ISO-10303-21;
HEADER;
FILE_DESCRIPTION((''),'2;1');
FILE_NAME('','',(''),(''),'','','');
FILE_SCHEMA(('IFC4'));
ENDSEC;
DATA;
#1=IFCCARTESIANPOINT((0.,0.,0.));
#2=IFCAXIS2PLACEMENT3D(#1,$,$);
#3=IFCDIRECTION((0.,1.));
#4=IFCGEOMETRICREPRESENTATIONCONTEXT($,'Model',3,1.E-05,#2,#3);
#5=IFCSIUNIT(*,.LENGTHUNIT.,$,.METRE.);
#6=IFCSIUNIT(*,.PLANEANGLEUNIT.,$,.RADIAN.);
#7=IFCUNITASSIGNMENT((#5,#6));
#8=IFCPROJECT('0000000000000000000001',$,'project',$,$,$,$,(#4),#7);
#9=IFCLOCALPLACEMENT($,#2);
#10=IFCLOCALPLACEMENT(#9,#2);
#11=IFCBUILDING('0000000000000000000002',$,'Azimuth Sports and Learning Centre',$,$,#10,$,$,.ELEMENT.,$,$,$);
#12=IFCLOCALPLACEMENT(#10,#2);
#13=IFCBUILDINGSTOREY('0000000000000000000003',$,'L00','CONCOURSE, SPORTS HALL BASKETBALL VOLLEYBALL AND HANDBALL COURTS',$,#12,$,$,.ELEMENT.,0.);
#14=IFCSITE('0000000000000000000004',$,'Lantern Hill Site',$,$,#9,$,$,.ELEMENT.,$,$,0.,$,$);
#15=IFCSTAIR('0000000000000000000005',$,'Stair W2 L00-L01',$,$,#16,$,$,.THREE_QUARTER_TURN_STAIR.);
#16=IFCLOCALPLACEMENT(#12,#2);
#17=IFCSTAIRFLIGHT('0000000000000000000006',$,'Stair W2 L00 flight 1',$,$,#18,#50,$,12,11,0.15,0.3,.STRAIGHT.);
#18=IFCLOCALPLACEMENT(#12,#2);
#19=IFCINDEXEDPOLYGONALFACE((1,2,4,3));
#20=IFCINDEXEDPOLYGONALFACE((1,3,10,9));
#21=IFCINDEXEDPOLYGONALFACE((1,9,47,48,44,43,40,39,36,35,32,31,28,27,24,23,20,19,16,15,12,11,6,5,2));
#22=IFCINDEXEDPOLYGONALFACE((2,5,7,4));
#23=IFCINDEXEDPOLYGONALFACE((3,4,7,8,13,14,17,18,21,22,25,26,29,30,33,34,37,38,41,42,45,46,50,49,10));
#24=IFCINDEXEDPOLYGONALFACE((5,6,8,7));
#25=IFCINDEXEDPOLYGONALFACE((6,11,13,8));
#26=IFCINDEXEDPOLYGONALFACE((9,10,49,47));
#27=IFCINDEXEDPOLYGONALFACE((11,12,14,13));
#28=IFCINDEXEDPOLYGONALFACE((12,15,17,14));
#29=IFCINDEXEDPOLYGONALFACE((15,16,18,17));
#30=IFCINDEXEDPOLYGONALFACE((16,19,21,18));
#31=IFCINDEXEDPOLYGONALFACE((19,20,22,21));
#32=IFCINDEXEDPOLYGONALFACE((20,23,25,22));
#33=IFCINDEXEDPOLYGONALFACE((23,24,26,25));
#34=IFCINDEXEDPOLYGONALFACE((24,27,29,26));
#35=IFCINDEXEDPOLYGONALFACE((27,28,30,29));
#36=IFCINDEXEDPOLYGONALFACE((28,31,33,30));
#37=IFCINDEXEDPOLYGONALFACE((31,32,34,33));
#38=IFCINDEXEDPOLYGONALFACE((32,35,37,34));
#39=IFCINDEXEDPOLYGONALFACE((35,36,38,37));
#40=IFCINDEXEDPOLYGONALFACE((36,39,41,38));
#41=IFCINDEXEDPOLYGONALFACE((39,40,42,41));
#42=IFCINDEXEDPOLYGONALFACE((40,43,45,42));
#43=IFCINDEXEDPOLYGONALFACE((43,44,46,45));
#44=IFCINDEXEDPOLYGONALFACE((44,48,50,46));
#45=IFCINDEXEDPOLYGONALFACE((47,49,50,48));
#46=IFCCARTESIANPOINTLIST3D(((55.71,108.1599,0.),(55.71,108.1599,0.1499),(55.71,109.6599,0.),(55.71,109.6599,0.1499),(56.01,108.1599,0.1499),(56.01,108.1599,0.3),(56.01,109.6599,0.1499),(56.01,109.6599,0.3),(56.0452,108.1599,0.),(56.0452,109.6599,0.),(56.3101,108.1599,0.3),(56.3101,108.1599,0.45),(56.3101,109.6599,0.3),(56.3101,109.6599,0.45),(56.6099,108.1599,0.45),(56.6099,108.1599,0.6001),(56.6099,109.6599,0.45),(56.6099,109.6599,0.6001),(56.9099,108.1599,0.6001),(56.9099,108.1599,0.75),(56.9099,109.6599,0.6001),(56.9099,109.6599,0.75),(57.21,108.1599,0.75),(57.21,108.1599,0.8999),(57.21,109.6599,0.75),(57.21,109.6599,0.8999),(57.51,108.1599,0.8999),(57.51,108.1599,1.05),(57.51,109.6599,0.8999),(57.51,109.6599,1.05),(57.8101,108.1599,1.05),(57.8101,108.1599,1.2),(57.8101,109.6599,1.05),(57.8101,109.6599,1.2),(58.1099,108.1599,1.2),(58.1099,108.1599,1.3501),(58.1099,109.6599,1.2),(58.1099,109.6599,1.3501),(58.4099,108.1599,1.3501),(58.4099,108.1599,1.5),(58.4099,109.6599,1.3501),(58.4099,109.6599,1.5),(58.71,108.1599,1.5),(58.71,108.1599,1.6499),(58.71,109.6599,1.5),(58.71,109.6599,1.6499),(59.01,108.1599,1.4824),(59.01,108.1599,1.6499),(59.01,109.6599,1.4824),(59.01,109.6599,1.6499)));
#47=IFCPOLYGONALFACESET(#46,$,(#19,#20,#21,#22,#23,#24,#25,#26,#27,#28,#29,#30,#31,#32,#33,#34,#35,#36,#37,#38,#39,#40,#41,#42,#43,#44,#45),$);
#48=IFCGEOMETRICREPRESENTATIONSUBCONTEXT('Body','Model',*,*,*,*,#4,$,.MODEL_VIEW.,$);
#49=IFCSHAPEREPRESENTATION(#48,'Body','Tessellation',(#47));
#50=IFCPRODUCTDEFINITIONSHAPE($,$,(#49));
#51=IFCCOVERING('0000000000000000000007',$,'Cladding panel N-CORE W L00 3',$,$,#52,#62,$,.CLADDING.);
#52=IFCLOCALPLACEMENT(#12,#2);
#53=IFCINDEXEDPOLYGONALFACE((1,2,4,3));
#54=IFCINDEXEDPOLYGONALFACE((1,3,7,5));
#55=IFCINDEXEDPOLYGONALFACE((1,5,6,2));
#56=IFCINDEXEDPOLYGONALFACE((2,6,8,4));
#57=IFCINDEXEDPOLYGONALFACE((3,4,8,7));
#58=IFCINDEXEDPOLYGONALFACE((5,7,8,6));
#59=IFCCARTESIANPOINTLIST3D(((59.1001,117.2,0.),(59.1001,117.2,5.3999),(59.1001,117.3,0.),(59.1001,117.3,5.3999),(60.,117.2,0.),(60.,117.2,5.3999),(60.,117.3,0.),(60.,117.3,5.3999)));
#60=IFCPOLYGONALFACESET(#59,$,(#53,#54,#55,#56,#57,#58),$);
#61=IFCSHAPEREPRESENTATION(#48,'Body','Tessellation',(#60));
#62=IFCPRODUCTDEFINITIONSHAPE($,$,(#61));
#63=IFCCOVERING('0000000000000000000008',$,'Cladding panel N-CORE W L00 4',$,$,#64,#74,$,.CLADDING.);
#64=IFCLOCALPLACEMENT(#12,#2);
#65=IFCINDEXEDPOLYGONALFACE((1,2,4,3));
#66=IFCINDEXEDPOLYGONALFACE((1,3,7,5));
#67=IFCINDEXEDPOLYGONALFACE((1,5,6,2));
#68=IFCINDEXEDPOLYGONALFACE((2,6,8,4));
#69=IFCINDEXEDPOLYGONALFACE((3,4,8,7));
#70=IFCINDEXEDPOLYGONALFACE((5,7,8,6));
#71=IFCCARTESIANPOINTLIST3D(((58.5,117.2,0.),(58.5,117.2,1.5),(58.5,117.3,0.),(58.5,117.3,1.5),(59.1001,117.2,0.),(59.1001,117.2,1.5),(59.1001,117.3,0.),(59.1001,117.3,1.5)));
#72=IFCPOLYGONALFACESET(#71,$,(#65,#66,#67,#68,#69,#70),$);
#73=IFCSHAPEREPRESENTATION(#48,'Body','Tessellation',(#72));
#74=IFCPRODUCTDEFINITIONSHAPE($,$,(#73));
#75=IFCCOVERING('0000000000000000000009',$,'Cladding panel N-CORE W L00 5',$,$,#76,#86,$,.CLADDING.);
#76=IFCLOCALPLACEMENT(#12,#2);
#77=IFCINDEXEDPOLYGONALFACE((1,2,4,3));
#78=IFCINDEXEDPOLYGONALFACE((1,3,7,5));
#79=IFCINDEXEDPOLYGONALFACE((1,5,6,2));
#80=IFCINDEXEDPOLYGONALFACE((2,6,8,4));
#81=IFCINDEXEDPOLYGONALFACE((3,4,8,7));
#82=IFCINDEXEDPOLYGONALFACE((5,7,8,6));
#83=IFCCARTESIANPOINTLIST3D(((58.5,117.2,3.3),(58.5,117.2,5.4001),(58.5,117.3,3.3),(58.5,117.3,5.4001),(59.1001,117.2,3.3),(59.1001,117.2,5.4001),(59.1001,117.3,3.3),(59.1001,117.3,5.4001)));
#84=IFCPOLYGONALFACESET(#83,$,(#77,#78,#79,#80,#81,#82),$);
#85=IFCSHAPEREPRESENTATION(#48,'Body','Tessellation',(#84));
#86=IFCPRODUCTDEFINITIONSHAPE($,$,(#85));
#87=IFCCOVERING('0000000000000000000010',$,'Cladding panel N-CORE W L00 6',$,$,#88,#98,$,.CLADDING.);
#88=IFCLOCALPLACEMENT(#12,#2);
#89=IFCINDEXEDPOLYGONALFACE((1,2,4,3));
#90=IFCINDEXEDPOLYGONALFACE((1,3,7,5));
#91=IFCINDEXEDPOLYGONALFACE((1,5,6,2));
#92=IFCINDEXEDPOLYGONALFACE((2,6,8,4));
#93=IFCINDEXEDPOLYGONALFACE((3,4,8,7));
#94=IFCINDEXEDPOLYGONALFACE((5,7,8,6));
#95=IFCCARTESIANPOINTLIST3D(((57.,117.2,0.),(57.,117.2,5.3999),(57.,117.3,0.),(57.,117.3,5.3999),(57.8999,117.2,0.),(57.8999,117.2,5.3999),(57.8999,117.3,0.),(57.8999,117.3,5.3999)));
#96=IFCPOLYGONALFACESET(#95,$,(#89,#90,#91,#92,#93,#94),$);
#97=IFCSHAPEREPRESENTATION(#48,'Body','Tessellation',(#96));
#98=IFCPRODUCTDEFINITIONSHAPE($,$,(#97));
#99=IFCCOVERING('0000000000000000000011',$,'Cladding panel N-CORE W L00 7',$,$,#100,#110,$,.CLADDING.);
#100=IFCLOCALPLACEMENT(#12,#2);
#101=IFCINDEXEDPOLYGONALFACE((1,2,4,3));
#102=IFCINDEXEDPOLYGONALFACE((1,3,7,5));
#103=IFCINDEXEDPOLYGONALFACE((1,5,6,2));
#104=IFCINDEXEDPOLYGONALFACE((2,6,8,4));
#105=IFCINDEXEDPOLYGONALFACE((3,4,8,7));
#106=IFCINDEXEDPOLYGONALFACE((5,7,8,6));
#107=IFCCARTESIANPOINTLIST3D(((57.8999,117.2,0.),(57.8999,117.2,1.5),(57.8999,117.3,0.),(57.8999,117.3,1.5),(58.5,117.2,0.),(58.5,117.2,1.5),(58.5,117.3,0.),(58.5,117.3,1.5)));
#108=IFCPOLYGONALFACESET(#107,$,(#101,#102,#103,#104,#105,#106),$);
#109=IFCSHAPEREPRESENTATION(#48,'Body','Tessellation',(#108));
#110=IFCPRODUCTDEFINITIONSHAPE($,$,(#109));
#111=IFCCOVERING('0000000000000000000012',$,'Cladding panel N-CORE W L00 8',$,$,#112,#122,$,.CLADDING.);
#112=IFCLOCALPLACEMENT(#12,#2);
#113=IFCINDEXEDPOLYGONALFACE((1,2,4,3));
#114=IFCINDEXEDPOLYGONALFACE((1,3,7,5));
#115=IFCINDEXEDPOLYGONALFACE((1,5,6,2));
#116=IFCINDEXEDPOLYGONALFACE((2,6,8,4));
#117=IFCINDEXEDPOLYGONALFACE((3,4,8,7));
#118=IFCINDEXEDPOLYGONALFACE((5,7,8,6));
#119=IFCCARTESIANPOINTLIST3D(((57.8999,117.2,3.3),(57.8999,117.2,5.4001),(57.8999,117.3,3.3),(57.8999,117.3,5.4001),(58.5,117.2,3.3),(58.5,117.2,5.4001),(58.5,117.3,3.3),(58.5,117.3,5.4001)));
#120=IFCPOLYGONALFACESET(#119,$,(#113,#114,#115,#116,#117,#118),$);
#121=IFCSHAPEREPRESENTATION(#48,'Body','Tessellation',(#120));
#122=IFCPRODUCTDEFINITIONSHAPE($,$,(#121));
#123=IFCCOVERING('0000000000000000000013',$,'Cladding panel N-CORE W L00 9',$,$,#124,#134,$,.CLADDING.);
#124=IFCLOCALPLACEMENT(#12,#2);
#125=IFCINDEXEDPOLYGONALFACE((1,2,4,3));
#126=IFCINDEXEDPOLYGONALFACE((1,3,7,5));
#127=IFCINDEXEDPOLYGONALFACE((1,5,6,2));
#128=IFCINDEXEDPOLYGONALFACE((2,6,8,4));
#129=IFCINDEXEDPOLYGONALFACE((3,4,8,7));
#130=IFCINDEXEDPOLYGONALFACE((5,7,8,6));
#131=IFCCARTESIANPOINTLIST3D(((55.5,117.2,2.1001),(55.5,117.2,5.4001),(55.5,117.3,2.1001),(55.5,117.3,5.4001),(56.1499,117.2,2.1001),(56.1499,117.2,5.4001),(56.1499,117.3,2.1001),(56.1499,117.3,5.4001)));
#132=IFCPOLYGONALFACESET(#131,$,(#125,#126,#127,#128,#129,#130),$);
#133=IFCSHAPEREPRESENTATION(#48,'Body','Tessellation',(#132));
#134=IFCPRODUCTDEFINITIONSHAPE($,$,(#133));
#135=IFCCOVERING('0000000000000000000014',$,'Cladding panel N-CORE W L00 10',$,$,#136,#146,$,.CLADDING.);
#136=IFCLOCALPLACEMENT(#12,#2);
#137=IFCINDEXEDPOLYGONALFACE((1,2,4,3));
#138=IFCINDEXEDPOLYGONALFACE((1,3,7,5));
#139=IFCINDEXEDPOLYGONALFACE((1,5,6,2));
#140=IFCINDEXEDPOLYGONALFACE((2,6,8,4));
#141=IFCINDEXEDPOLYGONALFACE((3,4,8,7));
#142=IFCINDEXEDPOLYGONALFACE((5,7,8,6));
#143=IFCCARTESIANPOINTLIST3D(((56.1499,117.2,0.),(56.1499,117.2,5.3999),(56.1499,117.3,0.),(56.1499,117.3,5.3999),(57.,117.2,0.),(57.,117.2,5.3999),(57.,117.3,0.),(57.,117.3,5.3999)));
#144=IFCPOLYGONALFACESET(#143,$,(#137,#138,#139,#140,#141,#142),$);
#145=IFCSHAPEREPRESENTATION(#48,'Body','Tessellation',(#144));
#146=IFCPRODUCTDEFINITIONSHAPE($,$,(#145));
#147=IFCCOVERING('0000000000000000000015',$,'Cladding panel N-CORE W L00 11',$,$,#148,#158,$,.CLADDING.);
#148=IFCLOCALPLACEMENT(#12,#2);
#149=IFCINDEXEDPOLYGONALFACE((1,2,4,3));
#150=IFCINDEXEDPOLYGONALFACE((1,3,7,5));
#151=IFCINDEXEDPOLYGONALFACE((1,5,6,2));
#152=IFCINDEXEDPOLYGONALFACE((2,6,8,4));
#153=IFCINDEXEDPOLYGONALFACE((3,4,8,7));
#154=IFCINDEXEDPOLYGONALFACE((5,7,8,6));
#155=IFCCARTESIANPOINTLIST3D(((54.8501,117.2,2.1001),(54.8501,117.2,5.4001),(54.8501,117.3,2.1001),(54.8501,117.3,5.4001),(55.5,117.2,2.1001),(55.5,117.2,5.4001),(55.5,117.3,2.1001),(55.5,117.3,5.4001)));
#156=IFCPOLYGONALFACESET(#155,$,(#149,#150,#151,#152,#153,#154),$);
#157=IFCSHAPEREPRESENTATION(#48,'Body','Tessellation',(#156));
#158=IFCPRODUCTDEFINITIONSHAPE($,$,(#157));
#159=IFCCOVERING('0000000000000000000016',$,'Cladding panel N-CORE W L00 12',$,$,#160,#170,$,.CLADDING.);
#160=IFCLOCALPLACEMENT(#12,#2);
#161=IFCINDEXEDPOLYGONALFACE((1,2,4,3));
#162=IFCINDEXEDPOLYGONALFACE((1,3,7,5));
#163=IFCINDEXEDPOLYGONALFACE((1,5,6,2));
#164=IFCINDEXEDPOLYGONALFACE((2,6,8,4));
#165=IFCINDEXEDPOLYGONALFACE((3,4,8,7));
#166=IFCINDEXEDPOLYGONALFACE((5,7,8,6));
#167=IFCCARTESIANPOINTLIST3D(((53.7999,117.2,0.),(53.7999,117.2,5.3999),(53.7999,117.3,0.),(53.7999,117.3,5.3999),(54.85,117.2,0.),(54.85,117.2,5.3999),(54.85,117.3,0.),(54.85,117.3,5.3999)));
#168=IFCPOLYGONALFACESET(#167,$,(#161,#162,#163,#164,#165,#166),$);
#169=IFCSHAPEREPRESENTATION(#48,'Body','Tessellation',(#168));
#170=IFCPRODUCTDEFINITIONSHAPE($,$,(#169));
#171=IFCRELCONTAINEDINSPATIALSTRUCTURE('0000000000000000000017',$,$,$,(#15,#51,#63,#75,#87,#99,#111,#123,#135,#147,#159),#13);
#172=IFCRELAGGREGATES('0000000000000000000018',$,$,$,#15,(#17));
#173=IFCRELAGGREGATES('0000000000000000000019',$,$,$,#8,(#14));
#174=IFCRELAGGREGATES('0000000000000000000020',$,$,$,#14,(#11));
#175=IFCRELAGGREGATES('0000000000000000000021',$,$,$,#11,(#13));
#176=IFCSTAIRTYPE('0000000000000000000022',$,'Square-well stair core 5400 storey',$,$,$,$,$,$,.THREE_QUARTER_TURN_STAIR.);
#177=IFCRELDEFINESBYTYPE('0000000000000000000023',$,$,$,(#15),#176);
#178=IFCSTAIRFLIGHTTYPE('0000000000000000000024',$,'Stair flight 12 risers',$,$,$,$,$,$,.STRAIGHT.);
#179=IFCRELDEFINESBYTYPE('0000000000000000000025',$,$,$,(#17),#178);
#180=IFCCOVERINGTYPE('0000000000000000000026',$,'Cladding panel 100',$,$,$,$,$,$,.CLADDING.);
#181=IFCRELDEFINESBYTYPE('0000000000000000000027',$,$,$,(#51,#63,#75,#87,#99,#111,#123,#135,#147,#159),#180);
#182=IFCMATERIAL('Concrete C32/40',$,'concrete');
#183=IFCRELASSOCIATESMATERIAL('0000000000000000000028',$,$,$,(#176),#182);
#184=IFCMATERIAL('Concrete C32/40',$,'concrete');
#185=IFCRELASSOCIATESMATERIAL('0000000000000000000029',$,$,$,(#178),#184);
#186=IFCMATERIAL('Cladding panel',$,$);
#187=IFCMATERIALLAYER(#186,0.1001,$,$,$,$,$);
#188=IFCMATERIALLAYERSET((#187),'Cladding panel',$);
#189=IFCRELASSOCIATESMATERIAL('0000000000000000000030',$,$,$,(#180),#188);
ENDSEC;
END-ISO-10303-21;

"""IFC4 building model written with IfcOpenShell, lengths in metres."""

from ifc_helpers import new_model, si_unit, direction, frame, origin, origin_2d, place, context, subcontext, project, spatial, polyline, rectangle, outline, extrude, material, layer, layer_set, type_object, element, aggregate, save


model = new_model("IFC4")

# Units and contexts
model_context = context("Model", 3, precision=1e-05, world=origin(), true_north=direction((0.0, 1.0)))
body_context = subcontext(model_context, "Body", "Model", "MODEL_VIEW")
ifc_project = project(units=[si_unit("LENGTHUNIT", "METRE"), si_unit("PLANEANGLEUNIT", "RADIAN")], contexts=[model_context])

# Site, building, storey
site_placement = place(None, origin())
site = spatial("IfcSite", under=ifc_project, at=site_placement, Name="Lantern Hill Site", CompositionType="ELEMENT", RefElevation=0.0)
building_placement = place(site_placement, origin())
building = spatial("IfcBuilding", under=site, at=building_placement, Name="Azimuth Sports and Learning Centre", CompositionType="ELEMENT")
storey_placement = place(building_placement, origin())
storey = spatial("IfcBuildingStorey", under=building, at=storey_placement, Name="L00", Description="CONCOURSE, SPORTS HALL BASKETBALL VOLLEYBALL AND HANDBALL COURTS", CompositionType="ELEMENT", Elevation=0.0)

# Stair, stair flight
ifc_material_1 = material(Name="Concrete C32/40", Category="concrete")
stair_type = type_object("IfcStairType", Name="Square-well stair core 5400 storey", PredefinedType="THREE_QUARTER_TURN_STAIR", material=ifc_material_1)
stair_placement = place(storey_placement, origin())
stair = element("IfcStair", 1, at=stair_placement, inside=storey, type_object=stair_type, Name="Stair W2 L00-L01", PredefinedType="THREE_QUARTER_TURN_STAIR")
ifc_material_2 = material(Name="Concrete C32/40", Category="concrete")
stair_flight_type = type_object("IfcStairFlightType", Name="Stair flight 12 risers", PredefinedType="STRAIGHT", material=ifc_material_2)
stair_flight_placement = place(storey_placement, frame((55.71, 108.9099, 0.0), z_axis=(0.0, 0.0, 1.0), x_axis=(1.0, 0.0, 0.0)))
stair_flight = element("IfcStairFlight", 2, at=stair_flight_placement, type_object=stair_flight_type, Name="Stair W2 L00 flight 1", NumberOfRisers=12, NumberOfTreads=11, PredefinedType="STRAIGHT", RiserHeight=0.15, TreadLength=0.3, context=body_context, shape_type="SweptSolid", body=[
    extrude(outline(polyline([(0.0, 0.0), (0.0, 0.1499), (0.3, 0.1499), (0.3, 0.3), (0.6001, 0.3), (0.6001, 0.45), (0.8999, 0.45), (0.8999, 0.6001), (1.2, 0.6001), (1.2, 0.75), (1.5, 0.75), (1.5, 0.8999), (1.8, 0.8999), (1.8, 1.05), (2.1001, 1.05), (2.1001, 1.2), (2.3999, 1.2), (2.3999, 1.3501), (2.7, 1.3501), (2.7, 1.5), (3.0, 1.5), (3.0, 1.6499), (3.3, 1.6499), (3.3, 1.8), (3.3, 1.4824), (0.3352, 0.0), (0.0, 0.0)])), frame((0.0, 0.75, 0.0), z_axis=(0.0, -1.0, 0.0), x_axis=(1.0, 0.0, 0.0)), (0.0, 0.0, 1.0), 1.5),
])
aggregate(stair, [stair_flight])

# Coverings
ifc_material_3 = material(Name="Cladding panel")
ifc_layer_1 = layer(ifc_material_3, 0.1001)
ifc_layer_set_1 = layer_set([ifc_layer_1], Name="Cladding panel")
covering_type = type_object("IfcCoveringType", Name="Cladding panel 100", PredefinedType="CLADDING", material=ifc_layer_set_1)
covering_1_placement = place(storey_placement, frame((59.55, 117.25, 0.0), z_axis=(0.0, 0.0, 1.0), x_axis=(-1.0, 0.0, 0.0)))
element("IfcCovering", 3, at=covering_1_placement, inside=storey, type_object=covering_type, Name="Cladding panel N-CORE W L00 3", PredefinedType="CLADDING", context=body_context, shape_type="SweptSolid", body=[
    extrude(rectangle(XDim=0.8999, YDim=0.1001, at=origin_2d()), origin(), (0.0, 0.0, 1.0), 5.3999),
])
covering_2_placement = place(storey_placement, frame((58.8, 117.25, 0.0), z_axis=(0.0, 0.0, 1.0), x_axis=(-1.0, 0.0, 0.0)))
element("IfcCovering", 4, at=covering_2_placement, inside=storey, type_object=covering_type, Name="Cladding panel N-CORE W L00 4", PredefinedType="CLADDING", context=body_context, shape_type="SweptSolid", body=[
    extrude(rectangle(XDim=0.6001, YDim=0.1001, at=origin_2d()), origin(), (0.0, 0.0, 1.0), 1.5),
])
covering_3_placement = place(storey_placement, frame((58.8, 117.25, 3.3), z_axis=(0.0, 0.0, 1.0), x_axis=(-1.0, 0.0, 0.0)))
element("IfcCovering", 5, at=covering_3_placement, inside=storey, type_object=covering_type, Name="Cladding panel N-CORE W L00 5", PredefinedType="CLADDING", context=body_context, shape_type="SweptSolid", body=[
    extrude(rectangle(XDim=0.6001, YDim=0.1001, at=origin_2d()), origin(), (0.0, 0.0, 1.0), 2.1001),
])
covering_4_placement = place(storey_placement, frame((57.45, 117.25, 0.0), z_axis=(0.0, 0.0, 1.0), x_axis=(-1.0, 0.0, 0.0)))
element("IfcCovering", 6, at=covering_4_placement, inside=storey, type_object=covering_type, Name="Cladding panel N-CORE W L00 6", PredefinedType="CLADDING", context=body_context, shape_type="SweptSolid", body=[
    extrude(rectangle(XDim=0.8999, YDim=0.1001, at=origin_2d()), origin(), (0.0, 0.0, 1.0), 5.3999),
])
covering_5_placement = place(storey_placement, frame((58.2, 117.25, 0.0), z_axis=(0.0, 0.0, 1.0), x_axis=(-1.0, 0.0, 0.0)))
element("IfcCovering", 7, at=covering_5_placement, inside=storey, type_object=covering_type, Name="Cladding panel N-CORE W L00 7", PredefinedType="CLADDING", context=body_context, shape_type="SweptSolid", body=[
    extrude(rectangle(XDim=0.6001, YDim=0.1001, at=origin_2d()), origin(), (0.0, 0.0, 1.0), 1.5),
])
covering_6_placement = place(storey_placement, frame((58.2, 117.25, 3.3), z_axis=(0.0, 0.0, 1.0), x_axis=(-1.0, 0.0, 0.0)))
element("IfcCovering", 8, at=covering_6_placement, inside=storey, type_object=covering_type, Name="Cladding panel N-CORE W L00 8", PredefinedType="CLADDING", context=body_context, shape_type="SweptSolid", body=[
    extrude(rectangle(XDim=0.6001, YDim=0.1001, at=origin_2d()), origin(), (0.0, 0.0, 1.0), 2.1001),
])
covering_7_placement = place(storey_placement, frame((55.825, 117.25, 2.1001), z_axis=(0.0, 0.0, 1.0), x_axis=(-1.0, 0.0, 0.0)))
element("IfcCovering", 9, at=covering_7_placement, inside=storey, type_object=covering_type, Name="Cladding panel N-CORE W L00 9", PredefinedType="CLADDING", context=body_context, shape_type="SweptSolid", body=[
    extrude(rectangle(XDim=0.6499, YDim=0.1001, at=origin_2d()), origin(), (0.0, 0.0, 1.0), 3.3),
])
covering_8_placement = place(storey_placement, frame((56.575, 117.25, 0.0), z_axis=(0.0, 0.0, 1.0), x_axis=(-1.0, 0.0, 0.0)))
element("IfcCovering", 10, at=covering_8_placement, inside=storey, type_object=covering_type, Name="Cladding panel N-CORE W L00 10", PredefinedType="CLADDING", context=body_context, shape_type="SweptSolid", body=[
    extrude(rectangle(XDim=0.8501, YDim=0.1001, at=origin_2d()), origin(), (0.0, 0.0, 1.0), 5.3999),
])
covering_9_placement = place(storey_placement, frame((55.175, 117.25, 2.1001), z_axis=(0.0, 0.0, 1.0), x_axis=(-1.0, 0.0, 0.0)))
element("IfcCovering", 11, at=covering_9_placement, inside=storey, type_object=covering_type, Name="Cladding panel N-CORE W L00 11", PredefinedType="CLADDING", context=body_context, shape_type="SweptSolid", body=[
    extrude(rectangle(XDim=0.6499, YDim=0.1001, at=origin_2d()), origin(), (0.0, 0.0, 1.0), 3.3),
])
covering_10_placement = place(storey_placement, frame((54.325, 117.25, 0.0), z_axis=(0.0, 0.0, 1.0), x_axis=(-1.0, 0.0, 0.0)))
element("IfcCovering", 12, at=covering_10_placement, inside=storey, type_object=covering_type, Name="Cladding panel N-CORE W L00 12", PredefinedType="CLADDING", context=body_context, shape_type="SweptSolid", body=[
    extrude(rectangle(XDim=1.05, YDim=0.1001, at=origin_2d()), origin(), (0.0, 0.0, 1.0), 5.3999),
])

save(model, "model.ifc")
